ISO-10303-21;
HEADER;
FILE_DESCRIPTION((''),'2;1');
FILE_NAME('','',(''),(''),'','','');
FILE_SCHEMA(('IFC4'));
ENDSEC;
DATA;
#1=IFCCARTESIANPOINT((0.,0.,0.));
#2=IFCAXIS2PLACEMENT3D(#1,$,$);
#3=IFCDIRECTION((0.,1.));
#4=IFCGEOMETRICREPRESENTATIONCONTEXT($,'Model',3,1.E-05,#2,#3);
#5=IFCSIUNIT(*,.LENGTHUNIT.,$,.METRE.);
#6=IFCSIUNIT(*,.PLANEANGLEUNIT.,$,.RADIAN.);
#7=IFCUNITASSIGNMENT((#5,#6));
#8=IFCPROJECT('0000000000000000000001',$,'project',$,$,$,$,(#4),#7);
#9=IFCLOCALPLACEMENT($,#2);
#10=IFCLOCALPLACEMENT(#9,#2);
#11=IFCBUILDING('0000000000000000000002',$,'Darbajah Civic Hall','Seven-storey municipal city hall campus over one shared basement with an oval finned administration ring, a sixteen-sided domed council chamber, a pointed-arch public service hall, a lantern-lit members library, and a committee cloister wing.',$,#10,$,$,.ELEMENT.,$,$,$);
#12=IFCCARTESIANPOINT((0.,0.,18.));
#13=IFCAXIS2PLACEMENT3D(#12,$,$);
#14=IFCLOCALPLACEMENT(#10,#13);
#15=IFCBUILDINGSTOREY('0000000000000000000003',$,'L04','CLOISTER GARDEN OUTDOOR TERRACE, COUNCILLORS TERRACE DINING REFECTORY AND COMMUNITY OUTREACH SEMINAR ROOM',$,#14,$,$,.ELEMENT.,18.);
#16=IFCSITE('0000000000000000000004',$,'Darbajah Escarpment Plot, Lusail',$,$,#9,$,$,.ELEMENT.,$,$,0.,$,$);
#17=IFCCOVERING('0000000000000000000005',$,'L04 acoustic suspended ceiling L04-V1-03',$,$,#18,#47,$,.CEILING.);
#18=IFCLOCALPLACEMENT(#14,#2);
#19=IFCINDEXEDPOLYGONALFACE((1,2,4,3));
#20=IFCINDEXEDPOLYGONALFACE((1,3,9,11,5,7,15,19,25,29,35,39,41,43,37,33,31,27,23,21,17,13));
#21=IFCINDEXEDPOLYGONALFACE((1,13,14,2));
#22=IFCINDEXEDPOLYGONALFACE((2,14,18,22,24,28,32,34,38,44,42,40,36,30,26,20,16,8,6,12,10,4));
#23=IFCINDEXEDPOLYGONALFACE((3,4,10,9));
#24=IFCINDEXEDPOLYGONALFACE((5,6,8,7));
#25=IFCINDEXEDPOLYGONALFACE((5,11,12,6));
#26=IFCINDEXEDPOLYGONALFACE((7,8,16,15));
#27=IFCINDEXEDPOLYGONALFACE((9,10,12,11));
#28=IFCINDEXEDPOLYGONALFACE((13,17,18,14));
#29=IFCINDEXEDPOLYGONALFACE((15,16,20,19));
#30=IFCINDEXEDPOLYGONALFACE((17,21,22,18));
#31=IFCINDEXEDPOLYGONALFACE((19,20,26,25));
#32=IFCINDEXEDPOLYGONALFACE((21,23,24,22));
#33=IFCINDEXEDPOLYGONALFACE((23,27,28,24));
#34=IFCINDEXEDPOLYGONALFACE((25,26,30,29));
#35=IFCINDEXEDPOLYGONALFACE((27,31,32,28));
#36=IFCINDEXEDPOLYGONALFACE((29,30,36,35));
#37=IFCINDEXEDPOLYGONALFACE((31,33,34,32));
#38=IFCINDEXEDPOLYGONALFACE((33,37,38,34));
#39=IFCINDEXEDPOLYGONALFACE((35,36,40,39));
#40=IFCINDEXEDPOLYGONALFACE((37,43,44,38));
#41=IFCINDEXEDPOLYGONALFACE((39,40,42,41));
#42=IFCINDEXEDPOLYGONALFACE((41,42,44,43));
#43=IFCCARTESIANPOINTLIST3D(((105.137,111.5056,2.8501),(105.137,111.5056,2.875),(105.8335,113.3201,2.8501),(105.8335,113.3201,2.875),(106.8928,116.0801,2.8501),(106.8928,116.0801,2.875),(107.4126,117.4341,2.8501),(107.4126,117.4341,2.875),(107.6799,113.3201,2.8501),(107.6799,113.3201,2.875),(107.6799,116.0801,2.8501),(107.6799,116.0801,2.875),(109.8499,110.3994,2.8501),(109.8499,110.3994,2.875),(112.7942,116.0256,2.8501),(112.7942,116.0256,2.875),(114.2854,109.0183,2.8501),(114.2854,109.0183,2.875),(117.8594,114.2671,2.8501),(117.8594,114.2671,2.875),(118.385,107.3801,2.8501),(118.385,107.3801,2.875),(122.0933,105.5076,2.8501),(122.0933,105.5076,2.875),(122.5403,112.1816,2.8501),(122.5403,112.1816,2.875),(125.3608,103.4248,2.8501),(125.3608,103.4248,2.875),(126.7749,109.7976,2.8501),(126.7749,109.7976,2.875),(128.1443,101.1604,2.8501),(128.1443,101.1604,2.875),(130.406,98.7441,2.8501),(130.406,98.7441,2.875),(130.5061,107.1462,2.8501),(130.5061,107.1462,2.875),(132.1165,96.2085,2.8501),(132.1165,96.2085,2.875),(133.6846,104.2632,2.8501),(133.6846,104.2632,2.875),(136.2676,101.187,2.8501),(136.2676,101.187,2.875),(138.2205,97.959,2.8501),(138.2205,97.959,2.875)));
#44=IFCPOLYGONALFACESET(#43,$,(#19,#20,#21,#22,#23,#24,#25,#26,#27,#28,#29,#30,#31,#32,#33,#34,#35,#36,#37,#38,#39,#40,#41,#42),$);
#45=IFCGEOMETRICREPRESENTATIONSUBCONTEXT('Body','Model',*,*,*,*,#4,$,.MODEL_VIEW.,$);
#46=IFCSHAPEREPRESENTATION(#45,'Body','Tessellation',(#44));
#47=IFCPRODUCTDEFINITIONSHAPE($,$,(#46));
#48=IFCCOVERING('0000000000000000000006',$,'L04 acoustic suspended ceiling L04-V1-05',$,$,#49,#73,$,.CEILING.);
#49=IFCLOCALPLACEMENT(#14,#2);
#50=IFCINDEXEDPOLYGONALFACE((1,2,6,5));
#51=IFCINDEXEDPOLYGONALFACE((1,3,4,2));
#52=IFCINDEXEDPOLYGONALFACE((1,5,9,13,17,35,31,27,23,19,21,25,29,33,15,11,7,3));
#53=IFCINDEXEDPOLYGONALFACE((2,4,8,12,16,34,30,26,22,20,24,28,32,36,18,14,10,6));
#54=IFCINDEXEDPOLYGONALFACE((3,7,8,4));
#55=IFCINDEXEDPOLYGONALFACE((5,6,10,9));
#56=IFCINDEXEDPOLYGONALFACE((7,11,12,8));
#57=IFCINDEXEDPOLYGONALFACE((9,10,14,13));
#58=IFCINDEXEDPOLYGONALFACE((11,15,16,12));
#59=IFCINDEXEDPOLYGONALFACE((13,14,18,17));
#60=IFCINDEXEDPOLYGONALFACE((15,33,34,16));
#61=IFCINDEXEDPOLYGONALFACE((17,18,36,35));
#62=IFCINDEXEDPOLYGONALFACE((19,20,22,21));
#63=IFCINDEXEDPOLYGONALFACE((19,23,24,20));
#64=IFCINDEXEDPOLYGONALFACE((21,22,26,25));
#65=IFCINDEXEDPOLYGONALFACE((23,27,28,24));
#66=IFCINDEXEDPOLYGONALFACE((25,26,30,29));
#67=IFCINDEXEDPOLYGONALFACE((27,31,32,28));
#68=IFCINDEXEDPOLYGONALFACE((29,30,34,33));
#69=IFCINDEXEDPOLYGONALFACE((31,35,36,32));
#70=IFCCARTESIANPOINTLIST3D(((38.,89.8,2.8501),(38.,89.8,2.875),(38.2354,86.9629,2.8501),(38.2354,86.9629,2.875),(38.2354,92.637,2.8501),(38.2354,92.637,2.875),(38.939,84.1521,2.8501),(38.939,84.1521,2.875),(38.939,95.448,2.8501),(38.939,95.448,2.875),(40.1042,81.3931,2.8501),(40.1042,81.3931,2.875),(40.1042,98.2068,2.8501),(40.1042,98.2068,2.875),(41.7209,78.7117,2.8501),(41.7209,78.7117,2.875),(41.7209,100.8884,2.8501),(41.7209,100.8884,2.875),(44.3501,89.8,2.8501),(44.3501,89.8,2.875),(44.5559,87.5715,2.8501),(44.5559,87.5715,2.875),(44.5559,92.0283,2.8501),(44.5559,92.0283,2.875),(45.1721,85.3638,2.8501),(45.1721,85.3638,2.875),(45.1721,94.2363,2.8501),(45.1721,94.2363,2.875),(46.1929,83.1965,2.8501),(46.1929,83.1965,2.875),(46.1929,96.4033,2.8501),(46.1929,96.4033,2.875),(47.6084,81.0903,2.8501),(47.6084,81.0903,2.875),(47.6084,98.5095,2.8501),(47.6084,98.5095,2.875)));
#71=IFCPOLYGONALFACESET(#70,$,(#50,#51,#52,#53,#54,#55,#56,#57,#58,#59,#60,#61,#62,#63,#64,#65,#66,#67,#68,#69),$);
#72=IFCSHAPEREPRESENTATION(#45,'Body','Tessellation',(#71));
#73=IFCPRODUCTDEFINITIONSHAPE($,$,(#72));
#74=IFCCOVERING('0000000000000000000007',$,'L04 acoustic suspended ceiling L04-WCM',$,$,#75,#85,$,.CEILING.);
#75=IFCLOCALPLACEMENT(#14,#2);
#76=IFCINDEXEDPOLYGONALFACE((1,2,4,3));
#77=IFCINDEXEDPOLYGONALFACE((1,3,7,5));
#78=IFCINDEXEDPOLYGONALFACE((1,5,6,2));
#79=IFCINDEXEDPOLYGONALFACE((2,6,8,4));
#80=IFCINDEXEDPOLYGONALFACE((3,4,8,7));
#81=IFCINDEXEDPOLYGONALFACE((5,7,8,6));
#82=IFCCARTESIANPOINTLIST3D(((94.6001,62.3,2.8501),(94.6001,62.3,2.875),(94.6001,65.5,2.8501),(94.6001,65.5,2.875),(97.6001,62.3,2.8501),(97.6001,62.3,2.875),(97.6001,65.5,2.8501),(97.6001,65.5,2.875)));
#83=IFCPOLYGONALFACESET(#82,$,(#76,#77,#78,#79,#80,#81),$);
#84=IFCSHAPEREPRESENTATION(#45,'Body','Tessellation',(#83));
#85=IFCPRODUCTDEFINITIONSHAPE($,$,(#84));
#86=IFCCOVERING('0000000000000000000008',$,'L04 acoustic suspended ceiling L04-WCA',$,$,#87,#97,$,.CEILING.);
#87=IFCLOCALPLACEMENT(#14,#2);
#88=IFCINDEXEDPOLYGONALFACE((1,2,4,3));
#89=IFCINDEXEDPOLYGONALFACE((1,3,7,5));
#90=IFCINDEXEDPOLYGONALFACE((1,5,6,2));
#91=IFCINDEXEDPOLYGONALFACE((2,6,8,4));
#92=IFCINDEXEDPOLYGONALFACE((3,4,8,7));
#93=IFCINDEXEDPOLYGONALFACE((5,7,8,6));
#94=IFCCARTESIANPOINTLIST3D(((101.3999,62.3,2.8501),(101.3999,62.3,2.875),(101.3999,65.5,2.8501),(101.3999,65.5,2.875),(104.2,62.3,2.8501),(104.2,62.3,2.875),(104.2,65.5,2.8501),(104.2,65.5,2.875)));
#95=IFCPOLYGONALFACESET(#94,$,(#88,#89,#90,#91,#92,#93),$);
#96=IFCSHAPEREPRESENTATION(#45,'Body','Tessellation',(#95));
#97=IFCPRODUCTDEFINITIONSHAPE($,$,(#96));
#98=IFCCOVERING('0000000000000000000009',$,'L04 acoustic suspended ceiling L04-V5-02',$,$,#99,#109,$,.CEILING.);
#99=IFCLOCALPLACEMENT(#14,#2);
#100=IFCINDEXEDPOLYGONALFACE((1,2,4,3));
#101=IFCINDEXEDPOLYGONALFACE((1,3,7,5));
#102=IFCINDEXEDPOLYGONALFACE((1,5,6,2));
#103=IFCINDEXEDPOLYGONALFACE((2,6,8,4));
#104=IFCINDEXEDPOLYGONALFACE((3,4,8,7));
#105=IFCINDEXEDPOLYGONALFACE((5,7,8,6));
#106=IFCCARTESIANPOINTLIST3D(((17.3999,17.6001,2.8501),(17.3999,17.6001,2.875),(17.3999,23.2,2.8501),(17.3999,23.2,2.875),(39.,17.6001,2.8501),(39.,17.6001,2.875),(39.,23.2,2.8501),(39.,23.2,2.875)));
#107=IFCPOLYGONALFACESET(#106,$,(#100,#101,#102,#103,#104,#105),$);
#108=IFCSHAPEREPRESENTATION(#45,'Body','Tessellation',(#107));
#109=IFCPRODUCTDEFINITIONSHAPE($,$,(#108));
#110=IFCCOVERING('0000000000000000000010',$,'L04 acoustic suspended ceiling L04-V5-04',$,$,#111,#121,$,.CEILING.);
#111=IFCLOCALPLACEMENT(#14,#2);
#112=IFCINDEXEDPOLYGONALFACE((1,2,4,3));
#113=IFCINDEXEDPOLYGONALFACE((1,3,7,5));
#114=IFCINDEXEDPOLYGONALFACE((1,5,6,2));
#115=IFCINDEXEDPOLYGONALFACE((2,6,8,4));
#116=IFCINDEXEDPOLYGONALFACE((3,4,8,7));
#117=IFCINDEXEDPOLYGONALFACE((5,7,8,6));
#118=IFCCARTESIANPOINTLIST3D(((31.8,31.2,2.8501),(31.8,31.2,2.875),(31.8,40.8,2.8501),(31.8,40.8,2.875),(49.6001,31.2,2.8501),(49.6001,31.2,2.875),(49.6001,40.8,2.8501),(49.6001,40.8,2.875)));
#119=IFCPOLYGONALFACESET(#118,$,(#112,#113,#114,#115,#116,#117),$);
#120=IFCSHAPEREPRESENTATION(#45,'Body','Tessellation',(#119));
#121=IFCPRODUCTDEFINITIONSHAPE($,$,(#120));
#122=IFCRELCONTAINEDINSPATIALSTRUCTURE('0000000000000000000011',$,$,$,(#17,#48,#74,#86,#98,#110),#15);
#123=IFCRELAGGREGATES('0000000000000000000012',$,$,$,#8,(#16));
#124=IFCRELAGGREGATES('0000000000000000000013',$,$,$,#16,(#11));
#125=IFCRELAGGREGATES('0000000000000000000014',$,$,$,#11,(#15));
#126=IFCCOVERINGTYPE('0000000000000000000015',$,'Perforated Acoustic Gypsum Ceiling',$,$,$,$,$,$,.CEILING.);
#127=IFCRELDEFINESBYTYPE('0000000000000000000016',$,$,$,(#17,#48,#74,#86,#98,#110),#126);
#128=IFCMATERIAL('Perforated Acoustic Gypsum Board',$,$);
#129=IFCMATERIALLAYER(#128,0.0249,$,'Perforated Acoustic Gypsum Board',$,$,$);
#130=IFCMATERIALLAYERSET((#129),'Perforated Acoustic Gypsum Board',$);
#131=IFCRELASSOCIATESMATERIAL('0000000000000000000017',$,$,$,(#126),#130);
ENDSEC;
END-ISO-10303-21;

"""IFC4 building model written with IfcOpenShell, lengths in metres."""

from ifc_helpers import new_model, si_unit, direction, frame, origin, place, context, subcontext, project, spatial, polyline, outline, extrude, material, layer, layer_set, type_object, element, save


model = new_model("IFC4")

# Units and contexts
model_context = context("Model", 3, precision=1e-05, world=origin(), true_north=direction((0.0, 1.0)))
body_context = subcontext(model_context, "Body", "Model", "MODEL_VIEW")
ifc_project = project(units=[si_unit("LENGTHUNIT", "METRE"), si_unit("PLANEANGLEUNIT", "RADIAN")], contexts=[model_context])

# Site, building, storey
site_placement = place(None, origin())
site = spatial("IfcSite", under=ifc_project, at=site_placement, Name="Darbajah Escarpment Plot, Lusail", CompositionType="ELEMENT", RefElevation=0.0)
building_placement = place(site_placement, origin())
building = spatial("IfcBuilding", under=site, at=building_placement, Name="Darbajah Civic Hall", Description="Seven-storey municipal city hall campus over one shared basement with an oval finned administration ring, a sixteen-sided domed council chamber, a pointed-arch public service hall, a lantern-lit members library, and a committee cloister wing.", CompositionType="ELEMENT")
storey_placement = place(building_placement, frame((0.0, 0.0, 18.0)))
storey = spatial("IfcBuildingStorey", under=building, at=storey_placement, Name="L04", Description="CLOISTER GARDEN OUTDOOR TERRACE, COUNCILLORS TERRACE DINING REFECTORY AND COMMUNITY OUTREACH SEMINAR ROOM", CompositionType="ELEMENT", Elevation=18.0)

# Coverings
ifc_material_1 = material(Name="Perforated Acoustic Gypsum Board")
ifc_layer_1 = layer(ifc_material_1, 0.0249, Name="Perforated Acoustic Gypsum Board")
ifc_layer_set_1 = layer_set([ifc_layer_1], Name="Perforated Acoustic Gypsum Board")
covering_type_1 = type_object("IfcCoveringType", Name="Perforated Acoustic Gypsum Ceiling", PredefinedType="CEILING", material=ifc_layer_set_1)
covering_1_placement = place(storey_placement, frame((0.0, 0.0, 2.8501)))
element("IfcCovering", 1, at=covering_1_placement, inside=storey, type_object=covering_type_1, Name="L04 acoustic suspended ceiling L04-V1-03", PredefinedType="CEILING", context=body_context, shape_type="SweptSolid", body=[
    extrude(outline(polyline([(132.1165, 96.2085), (130.406, 98.7441), (128.1443, 101.1604), (125.3608, 103.4248), (122.0933, 105.5076), (118.385, 107.3801), (114.2854, 109.0183), (109.8499, 110.3994), (105.137, 111.5056), (105.8335, 113.3201), (107.6799, 113.3201), (107.6799, 116.0801), (106.8928, 116.0801), (107.4126, 117.4341), (112.7942, 116.0256), (117.8594, 114.2671), (122.5403, 112.1816), (126.7749, 109.7976), (130.5061, 107.1462), (133.6846, 104.2632), (136.2676, 101.187), (138.2205, 97.959), (132.1165, 96.2085)])), origin(), (0.0, 0.0, 1.0), 0.0249),
])
covering_2_placement = place(storey_placement, frame((0.0, 0.0, 2.8501)))
element("IfcCovering", 2, at=covering_2_placement, inside=storey, type_object=covering_type_1, Name="L04 acoustic suspended ceiling L04-V1-05", PredefinedType="CEILING", context=body_context, shape_type="SweptSolid", body=[
    extrude(outline(polyline([(41.7209, 100.8884), (40.1042, 98.2068), (38.939, 95.448), (38.2354, 92.637), (38.0, 89.8), (38.2354, 86.9629), (38.939, 84.1521), (40.1042, 81.3931), (41.7209, 78.7117), (47.6084, 81.0903), (46.1929, 83.1965), (45.1721, 85.3638), (44.5559, 87.5715), (44.3501, 89.8), (44.5559, 92.0283), (45.1721, 94.2363), (46.1929, 96.4033), (47.6084, 98.5095), (41.7209, 100.8884)])), origin(), (0.0, 0.0, 1.0), 0.0249),
])
covering_3_placement = place(storey_placement, frame((0.0, 0.0, 2.8501)))
element("IfcCovering", 3, at=covering_3_placement, inside=storey, type_object=covering_type_1, Name="L04 acoustic suspended ceiling L04-WCM", PredefinedType="CEILING", context=body_context, shape_type="SweptSolid", body=[
    extrude(outline(polyline([(94.6001, 62.3), (97.6001, 62.3), (97.6001, 65.5), (94.6001, 65.5), (94.6001, 62.3)])), origin(), (0.0, 0.0, 1.0), 0.0249),
])
covering_4_placement = place(storey_placement, frame((0.0, 0.0, 2.8501)))
element("IfcCovering", 4, at=covering_4_placement, inside=storey, type_object=covering_type_1, Name="L04 acoustic suspended ceiling L04-WCA", PredefinedType="CEILING", context=body_context, shape_type="SweptSolid", body=[
    extrude(outline(polyline([(101.3999, 62.3), (104.2, 62.3), (104.2, 65.5), (101.3999, 65.5), (101.3999, 62.3)])), origin(), (0.0, 0.0, 1.0), 0.0249),
])
covering_5_placement = place(storey_placement, frame((0.0, 0.0, 2.8501)))
element("IfcCovering", 5, at=covering_5_placement, inside=storey, type_object=covering_type_1, Name="L04 acoustic suspended ceiling L04-V5-02", PredefinedType="CEILING", context=body_context, shape_type="SweptSolid", body=[
    extrude(outline(polyline([(17.3999, 17.6001), (39.0, 17.6001), (39.0, 23.2), (17.3999, 23.2), (17.3999, 17.6001)])), origin(), (0.0, 0.0, 1.0), 0.0249),
])
covering_6_placement = place(storey_placement, frame((0.0, 0.0, 2.8501)))
element("IfcCovering", 6, at=covering_6_placement, inside=storey, type_object=covering_type_1, Name="L04 acoustic suspended ceiling L04-V5-04", PredefinedType="CEILING", context=body_context, shape_type="SweptSolid", body=[
    extrude(outline(polyline([(31.8, 31.2), (49.6001, 31.2), (49.6001, 40.8), (31.8, 40.8), (31.8, 31.2)])), origin(), (0.0, 0.0, 1.0), 0.0249),
])

save(model, "model.ifc")
